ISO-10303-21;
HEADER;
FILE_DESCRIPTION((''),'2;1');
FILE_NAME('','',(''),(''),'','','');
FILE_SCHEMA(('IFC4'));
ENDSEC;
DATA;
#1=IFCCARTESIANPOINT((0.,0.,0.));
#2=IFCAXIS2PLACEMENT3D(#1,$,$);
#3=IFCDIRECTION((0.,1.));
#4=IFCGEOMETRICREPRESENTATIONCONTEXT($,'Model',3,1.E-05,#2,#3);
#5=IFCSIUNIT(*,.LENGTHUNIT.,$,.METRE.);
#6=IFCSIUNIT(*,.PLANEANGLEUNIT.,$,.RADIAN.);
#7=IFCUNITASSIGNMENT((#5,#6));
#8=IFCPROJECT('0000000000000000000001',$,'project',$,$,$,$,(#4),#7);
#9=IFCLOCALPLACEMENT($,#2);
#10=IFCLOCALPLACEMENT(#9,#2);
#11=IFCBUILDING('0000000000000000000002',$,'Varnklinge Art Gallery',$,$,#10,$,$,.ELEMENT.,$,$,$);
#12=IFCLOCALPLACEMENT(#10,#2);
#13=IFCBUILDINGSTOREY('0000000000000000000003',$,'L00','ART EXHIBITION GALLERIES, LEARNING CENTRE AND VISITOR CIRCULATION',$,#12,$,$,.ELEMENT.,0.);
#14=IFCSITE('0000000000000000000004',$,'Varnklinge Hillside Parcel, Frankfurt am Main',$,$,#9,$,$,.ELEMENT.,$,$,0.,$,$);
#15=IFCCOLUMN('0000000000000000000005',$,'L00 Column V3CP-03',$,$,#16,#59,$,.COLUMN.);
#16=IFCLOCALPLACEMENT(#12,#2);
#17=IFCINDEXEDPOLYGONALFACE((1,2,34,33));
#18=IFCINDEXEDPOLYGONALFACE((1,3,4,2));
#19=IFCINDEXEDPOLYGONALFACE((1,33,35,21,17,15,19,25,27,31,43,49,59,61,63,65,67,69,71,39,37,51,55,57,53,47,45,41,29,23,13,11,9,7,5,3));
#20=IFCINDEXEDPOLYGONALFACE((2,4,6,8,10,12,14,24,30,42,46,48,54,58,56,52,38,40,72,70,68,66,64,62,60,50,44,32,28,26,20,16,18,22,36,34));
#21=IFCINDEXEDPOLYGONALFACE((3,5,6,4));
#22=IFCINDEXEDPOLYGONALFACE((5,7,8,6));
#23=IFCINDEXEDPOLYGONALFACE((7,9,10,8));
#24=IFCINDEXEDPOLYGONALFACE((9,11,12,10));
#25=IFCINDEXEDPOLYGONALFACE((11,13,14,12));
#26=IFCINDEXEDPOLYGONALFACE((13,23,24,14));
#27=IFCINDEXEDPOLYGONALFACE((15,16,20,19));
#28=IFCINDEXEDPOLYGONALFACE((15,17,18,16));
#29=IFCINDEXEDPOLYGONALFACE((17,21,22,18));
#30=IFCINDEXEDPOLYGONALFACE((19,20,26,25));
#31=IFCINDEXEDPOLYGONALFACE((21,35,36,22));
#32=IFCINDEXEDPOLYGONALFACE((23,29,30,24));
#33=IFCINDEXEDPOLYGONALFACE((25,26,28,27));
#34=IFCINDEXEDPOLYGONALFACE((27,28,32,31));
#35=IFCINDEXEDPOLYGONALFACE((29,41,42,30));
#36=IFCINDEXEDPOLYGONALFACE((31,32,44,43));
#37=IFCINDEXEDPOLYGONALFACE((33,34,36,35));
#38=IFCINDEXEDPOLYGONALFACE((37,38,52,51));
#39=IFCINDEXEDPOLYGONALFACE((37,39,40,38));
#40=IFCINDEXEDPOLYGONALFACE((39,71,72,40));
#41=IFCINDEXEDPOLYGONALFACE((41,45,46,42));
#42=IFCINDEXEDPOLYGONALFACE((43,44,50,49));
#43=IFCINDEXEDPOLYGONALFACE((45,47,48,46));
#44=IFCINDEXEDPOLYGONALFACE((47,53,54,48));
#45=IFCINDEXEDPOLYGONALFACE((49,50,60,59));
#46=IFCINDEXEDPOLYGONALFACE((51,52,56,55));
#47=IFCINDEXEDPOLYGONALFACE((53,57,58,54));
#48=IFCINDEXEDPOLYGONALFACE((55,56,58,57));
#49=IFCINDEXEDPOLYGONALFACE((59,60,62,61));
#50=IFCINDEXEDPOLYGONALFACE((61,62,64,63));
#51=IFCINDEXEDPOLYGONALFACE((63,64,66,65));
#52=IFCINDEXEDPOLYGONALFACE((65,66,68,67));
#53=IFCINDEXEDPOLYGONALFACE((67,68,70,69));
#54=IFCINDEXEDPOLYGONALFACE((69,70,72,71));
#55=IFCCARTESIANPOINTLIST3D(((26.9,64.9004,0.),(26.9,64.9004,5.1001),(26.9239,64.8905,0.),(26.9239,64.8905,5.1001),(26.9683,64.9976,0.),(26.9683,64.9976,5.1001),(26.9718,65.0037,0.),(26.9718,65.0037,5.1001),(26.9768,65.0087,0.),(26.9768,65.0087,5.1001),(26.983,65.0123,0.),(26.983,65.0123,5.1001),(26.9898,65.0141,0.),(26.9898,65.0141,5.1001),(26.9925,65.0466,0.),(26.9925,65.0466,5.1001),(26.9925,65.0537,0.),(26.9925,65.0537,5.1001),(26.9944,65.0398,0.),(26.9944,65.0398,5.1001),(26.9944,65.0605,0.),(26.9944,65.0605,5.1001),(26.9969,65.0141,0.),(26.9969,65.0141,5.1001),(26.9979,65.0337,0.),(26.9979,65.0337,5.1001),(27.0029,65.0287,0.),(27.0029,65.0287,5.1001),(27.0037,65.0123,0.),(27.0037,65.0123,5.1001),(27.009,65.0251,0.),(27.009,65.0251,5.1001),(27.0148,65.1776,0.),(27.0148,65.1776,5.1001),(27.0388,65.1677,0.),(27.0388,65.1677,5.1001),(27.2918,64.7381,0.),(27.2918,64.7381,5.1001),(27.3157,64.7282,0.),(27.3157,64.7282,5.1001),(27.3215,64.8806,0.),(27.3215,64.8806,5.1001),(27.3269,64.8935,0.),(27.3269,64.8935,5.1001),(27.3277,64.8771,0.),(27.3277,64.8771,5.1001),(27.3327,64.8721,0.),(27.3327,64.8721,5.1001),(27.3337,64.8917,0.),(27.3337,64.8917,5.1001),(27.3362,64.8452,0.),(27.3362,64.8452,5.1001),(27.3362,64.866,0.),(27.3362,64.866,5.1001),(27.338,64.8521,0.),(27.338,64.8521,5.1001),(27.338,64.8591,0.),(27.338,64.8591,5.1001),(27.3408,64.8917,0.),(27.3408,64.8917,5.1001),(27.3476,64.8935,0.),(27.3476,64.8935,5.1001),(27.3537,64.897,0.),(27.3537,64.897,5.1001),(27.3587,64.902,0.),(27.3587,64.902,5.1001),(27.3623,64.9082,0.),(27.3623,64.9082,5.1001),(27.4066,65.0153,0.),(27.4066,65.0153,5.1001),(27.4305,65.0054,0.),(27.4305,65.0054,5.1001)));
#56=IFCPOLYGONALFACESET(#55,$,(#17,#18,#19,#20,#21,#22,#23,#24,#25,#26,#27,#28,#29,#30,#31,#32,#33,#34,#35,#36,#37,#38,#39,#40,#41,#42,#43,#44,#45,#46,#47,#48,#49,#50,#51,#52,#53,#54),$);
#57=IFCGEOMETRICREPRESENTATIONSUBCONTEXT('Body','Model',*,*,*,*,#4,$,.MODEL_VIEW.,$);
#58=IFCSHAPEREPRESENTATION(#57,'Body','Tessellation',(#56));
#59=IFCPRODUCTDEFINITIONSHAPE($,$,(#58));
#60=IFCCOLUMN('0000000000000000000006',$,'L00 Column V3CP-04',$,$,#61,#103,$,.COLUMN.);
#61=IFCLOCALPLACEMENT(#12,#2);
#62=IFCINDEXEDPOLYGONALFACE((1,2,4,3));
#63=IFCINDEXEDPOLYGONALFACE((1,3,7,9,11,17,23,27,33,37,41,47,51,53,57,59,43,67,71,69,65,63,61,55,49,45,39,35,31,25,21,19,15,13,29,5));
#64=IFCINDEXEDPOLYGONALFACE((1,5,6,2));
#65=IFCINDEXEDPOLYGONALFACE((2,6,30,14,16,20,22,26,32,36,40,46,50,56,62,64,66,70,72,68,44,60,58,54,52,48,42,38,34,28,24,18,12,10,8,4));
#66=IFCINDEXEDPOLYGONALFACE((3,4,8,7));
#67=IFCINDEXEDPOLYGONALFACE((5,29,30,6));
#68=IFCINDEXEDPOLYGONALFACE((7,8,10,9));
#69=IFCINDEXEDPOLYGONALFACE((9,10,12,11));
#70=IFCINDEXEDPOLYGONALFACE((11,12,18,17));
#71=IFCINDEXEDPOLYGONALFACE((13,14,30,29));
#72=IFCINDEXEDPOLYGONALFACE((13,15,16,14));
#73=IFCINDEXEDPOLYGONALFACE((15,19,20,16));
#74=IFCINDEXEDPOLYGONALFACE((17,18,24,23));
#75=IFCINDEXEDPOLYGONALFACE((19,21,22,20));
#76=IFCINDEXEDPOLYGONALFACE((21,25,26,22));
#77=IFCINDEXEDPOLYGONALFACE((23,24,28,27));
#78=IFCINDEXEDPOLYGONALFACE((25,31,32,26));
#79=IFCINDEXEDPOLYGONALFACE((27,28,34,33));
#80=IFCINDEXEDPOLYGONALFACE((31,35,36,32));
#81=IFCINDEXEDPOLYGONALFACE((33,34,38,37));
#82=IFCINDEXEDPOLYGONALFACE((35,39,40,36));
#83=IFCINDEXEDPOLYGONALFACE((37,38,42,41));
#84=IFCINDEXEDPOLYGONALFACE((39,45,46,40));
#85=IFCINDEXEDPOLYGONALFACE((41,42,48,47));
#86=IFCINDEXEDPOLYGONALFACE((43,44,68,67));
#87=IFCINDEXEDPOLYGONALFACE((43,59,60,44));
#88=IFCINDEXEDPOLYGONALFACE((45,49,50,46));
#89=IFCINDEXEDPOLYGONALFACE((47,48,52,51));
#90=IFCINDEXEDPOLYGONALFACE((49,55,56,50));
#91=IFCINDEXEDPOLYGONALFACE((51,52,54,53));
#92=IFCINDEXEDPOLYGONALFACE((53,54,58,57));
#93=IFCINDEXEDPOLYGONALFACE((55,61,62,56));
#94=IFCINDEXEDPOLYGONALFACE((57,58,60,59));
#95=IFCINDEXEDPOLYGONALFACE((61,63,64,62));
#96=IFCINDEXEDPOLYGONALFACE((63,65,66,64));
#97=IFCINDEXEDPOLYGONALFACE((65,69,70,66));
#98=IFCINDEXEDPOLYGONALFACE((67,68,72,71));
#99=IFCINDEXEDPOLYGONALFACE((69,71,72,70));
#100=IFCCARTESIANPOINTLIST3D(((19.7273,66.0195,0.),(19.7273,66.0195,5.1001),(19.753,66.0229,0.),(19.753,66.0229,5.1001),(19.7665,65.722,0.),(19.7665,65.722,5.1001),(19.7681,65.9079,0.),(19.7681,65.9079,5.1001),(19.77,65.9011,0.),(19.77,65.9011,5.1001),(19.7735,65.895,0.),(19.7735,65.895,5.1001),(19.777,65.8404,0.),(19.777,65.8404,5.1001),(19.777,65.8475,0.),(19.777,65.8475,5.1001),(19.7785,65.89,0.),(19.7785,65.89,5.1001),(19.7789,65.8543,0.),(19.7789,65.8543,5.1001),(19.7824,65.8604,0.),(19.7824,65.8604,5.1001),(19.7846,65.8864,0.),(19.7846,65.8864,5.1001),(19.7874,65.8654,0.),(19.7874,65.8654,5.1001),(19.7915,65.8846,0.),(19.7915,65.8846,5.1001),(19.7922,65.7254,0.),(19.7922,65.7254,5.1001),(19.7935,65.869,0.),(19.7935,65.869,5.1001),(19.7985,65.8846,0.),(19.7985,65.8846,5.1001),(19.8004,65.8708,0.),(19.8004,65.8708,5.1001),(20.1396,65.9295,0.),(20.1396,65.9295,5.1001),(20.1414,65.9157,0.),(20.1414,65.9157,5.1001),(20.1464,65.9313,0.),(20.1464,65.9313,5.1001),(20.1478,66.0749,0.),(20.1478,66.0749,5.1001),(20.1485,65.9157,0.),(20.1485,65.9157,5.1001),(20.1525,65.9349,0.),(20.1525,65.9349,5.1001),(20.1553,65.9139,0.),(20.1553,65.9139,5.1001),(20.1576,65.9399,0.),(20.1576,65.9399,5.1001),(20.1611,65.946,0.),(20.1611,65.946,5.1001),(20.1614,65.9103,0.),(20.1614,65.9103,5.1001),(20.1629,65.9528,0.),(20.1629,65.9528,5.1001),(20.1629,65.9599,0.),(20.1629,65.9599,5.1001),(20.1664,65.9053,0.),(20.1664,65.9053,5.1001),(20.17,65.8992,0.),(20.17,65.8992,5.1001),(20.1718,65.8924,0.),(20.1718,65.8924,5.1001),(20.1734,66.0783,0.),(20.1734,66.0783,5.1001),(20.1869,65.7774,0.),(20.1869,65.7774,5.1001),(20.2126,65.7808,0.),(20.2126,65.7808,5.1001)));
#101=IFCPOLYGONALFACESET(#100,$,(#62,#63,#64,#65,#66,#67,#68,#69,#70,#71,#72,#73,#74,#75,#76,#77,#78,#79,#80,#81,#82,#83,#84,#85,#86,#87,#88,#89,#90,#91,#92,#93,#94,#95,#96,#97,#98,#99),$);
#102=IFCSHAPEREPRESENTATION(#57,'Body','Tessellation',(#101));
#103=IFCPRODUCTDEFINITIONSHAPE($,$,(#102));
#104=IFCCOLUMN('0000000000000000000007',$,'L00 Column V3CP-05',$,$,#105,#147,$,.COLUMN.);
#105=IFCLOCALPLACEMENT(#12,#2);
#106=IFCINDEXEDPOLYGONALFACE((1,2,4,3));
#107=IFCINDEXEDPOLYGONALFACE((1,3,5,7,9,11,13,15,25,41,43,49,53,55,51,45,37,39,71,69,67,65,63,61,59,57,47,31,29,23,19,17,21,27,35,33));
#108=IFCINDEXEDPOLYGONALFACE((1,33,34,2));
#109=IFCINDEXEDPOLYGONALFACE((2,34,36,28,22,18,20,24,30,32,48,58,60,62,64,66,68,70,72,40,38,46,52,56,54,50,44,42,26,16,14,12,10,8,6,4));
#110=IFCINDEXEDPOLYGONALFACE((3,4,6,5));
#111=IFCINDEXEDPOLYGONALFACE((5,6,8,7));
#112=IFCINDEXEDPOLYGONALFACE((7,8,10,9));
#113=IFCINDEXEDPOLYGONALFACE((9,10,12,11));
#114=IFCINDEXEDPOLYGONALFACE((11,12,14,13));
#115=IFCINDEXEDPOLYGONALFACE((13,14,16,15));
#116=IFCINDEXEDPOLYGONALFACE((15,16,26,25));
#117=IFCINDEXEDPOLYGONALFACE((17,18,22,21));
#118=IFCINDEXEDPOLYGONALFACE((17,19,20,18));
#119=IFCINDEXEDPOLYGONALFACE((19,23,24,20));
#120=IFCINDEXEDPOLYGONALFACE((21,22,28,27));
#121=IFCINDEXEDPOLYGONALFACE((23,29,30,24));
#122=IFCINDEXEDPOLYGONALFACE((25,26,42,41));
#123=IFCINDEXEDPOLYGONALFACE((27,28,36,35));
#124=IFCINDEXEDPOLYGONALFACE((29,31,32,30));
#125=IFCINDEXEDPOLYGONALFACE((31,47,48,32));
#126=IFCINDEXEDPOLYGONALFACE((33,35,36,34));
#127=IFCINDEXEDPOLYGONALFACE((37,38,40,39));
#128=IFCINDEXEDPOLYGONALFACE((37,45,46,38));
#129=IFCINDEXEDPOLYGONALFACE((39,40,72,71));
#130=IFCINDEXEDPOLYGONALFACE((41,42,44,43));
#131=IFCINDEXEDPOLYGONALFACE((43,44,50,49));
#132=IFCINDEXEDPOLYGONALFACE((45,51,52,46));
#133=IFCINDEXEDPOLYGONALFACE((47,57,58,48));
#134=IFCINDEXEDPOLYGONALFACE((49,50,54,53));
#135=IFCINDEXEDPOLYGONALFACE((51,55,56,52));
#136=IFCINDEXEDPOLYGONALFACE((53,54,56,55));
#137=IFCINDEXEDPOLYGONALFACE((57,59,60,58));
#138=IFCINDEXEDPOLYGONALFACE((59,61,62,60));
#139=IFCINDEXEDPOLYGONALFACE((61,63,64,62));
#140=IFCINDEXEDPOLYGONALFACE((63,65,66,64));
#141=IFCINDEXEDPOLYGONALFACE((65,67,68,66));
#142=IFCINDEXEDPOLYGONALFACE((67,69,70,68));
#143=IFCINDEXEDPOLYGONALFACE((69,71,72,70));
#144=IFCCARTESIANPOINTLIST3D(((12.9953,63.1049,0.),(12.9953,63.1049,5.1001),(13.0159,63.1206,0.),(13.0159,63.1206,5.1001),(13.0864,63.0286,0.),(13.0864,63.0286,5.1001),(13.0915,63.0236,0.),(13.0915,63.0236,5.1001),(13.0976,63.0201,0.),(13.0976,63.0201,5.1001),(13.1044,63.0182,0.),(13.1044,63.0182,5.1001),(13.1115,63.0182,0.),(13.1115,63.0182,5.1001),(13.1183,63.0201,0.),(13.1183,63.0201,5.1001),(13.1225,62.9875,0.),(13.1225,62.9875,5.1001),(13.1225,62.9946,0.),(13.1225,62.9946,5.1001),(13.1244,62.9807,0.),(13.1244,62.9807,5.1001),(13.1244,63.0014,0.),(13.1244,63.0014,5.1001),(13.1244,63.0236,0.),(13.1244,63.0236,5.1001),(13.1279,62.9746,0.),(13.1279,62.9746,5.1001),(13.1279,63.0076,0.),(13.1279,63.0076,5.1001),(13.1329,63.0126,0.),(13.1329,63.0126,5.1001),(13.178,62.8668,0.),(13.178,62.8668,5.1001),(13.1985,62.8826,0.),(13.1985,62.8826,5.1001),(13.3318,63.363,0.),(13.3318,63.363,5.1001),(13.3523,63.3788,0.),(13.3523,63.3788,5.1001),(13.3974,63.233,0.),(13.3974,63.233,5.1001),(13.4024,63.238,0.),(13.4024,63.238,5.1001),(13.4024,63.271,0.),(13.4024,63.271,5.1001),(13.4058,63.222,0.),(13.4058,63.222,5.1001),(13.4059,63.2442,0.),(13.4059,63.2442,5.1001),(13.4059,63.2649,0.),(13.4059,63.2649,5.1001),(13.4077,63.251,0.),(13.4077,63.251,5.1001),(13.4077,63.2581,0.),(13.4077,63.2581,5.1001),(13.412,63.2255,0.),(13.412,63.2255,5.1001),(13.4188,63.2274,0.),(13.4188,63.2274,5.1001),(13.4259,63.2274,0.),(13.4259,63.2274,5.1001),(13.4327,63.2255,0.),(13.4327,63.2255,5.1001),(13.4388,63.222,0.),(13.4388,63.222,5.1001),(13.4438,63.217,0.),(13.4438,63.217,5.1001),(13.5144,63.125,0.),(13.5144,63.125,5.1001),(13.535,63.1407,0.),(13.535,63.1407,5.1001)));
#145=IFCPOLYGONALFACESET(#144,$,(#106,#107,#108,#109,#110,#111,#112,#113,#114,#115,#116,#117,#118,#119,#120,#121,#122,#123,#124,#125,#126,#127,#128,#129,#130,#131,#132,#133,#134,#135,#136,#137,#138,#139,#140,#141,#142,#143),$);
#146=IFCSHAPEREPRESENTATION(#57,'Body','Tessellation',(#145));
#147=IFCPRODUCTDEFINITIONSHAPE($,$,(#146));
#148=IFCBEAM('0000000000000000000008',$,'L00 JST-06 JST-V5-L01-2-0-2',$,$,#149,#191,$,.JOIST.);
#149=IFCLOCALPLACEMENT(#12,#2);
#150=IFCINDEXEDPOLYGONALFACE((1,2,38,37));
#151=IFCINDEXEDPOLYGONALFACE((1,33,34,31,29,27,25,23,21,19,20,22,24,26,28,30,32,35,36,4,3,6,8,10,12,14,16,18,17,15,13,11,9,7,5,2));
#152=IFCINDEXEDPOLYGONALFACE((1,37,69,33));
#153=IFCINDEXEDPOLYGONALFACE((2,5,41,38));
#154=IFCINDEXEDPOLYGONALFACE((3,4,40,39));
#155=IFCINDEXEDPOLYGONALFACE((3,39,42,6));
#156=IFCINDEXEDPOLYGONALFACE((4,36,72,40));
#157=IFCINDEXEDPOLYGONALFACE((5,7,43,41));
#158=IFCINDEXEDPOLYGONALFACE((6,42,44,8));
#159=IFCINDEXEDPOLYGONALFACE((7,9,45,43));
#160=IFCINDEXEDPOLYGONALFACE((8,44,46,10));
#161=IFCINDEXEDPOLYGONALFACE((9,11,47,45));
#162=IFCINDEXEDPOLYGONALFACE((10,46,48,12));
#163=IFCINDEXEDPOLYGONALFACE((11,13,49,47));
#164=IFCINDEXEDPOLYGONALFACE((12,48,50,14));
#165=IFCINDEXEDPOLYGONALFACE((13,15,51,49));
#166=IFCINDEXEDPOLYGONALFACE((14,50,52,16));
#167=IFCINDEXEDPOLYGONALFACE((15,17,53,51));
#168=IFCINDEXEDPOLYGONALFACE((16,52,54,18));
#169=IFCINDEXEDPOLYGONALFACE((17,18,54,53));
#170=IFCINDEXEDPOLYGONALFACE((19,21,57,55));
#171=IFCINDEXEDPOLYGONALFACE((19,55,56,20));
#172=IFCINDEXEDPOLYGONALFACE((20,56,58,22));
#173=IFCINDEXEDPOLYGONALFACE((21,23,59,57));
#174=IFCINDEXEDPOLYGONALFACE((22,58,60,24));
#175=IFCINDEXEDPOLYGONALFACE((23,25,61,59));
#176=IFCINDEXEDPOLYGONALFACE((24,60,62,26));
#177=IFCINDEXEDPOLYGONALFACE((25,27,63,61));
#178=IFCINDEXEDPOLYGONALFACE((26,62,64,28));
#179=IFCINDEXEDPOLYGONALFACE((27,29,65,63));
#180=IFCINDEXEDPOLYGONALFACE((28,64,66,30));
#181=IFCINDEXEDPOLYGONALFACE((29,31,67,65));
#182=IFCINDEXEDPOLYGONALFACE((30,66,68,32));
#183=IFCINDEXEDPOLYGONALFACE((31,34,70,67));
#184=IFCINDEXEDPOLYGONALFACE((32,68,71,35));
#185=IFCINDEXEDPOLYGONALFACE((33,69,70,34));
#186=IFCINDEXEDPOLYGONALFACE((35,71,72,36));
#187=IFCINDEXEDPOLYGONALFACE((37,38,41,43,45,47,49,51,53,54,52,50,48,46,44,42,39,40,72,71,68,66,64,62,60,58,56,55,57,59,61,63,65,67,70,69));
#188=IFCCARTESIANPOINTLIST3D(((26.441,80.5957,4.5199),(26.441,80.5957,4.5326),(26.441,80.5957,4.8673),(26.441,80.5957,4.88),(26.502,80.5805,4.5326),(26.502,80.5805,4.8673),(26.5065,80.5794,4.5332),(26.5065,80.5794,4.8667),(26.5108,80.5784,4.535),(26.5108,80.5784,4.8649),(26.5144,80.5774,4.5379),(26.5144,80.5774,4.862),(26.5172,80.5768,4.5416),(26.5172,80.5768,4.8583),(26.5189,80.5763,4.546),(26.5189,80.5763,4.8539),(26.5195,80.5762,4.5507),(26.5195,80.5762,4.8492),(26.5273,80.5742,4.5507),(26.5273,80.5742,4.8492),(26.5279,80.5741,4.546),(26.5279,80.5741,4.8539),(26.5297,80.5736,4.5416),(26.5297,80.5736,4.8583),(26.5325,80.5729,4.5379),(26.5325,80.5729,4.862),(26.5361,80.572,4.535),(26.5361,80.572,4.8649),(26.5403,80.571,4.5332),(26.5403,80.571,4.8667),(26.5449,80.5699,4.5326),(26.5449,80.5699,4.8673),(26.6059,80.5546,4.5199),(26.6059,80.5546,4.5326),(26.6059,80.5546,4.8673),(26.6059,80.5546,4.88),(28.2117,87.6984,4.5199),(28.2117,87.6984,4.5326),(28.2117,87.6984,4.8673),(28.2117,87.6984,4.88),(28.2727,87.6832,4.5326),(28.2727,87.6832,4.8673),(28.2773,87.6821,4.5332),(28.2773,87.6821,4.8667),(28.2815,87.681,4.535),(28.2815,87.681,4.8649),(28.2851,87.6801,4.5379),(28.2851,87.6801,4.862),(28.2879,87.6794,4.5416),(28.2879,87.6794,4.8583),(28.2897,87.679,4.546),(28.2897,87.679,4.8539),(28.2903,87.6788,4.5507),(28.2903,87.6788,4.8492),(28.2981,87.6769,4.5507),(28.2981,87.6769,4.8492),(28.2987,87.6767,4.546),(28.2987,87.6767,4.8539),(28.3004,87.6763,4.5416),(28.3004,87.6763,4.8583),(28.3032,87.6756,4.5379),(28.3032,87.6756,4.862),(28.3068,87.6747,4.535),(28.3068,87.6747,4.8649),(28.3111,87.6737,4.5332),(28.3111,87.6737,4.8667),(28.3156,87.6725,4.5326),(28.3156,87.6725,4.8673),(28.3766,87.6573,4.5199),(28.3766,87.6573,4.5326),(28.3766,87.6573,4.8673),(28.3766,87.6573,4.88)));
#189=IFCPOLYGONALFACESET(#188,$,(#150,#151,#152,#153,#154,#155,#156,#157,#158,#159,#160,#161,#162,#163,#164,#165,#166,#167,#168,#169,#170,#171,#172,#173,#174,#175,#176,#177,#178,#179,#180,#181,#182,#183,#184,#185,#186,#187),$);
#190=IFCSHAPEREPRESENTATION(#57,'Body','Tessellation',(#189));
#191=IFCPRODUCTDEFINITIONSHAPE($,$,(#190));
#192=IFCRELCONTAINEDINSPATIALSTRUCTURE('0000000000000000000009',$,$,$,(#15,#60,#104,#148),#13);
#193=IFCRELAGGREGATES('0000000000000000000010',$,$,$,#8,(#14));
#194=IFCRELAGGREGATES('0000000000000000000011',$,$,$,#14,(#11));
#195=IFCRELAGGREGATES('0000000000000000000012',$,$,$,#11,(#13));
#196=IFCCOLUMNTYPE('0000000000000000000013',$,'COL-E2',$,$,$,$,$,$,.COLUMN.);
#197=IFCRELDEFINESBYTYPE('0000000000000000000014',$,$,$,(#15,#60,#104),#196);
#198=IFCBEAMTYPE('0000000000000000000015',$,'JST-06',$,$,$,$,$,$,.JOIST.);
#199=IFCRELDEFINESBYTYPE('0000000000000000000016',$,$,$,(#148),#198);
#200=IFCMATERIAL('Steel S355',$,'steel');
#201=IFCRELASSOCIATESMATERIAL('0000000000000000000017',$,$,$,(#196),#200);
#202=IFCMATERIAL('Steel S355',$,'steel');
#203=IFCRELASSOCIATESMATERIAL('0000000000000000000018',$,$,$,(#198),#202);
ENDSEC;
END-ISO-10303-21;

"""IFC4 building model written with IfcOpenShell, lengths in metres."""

from ifc_helpers import new_model, si_unit, direction, frame, origin, origin_2d, place, context, subcontext, project, spatial, i_section, extrude, material, material_profile, profile_set, type_object, element, save


model = new_model("IFC4")

# Units and contexts
model_context = context("Model", 3, precision=1e-05, world=origin(), true_north=direction((0.0, 1.0)))
body_context = subcontext(model_context, "Body", "Model", "MODEL_VIEW")
ifc_project = project(units=[si_unit("LENGTHUNIT", "METRE"), si_unit("PLANEANGLEUNIT", "RADIAN")], contexts=[model_context])

# Site, building, storey
site_placement = place(None, origin())
site = spatial("IfcSite", under=ifc_project, at=site_placement, Name="Varnklinge Hillside Parcel, Frankfurt am Main", CompositionType="ELEMENT", RefElevation=0.0)
building_placement = place(site_placement, origin())
building = spatial("IfcBuilding", under=site, at=building_placement, Name="Varnklinge Art Gallery", CompositionType="ELEMENT")
storey_placement = place(building_placement, origin())
storey = spatial("IfcBuildingStorey", under=building, at=storey_placement, Name="L00", Description="ART EXHIBITION GALLERIES, LEARNING CENTRE AND VISITOR CIRCULATION", CompositionType="ELEMENT", Elevation=0.0)

# Columns
ifc_material_1 = material(Name="Steel S355", Category="steel")
ifc_material_profile_1 = material_profile(ifc_material_1, i_section(OverallWidth=0.3, OverallDepth=0.45, WebThickness=0.0139, FlangeThickness=0.0259, FilletRadius=0.0271, at=origin_2d()), Name="HEB 450")
ifc_profile_set_1 = profile_set([ifc_material_profile_1], Name="Steel S355")
column_type = type_object("IfcColumnType", Name="COL-E2", PredefinedType="COLUMN", material=ifc_profile_set_1)
for number, where, z_axis, x_axis, name in (
    (1, (27.1653, 64.9529, 0.0), (0.0, 0.0, 1.0), (0.382683, 0.92388, 0.0), "L00 Column V3CP-03"),
    (2, (19.97, 65.9001, 0.0), (0.0, 0.0, 1.0), (-0.130526, 0.991445, 0.0), "L00 Column V3CP-04"),
    (3, (13.2651, 63.1228, 0.0), (0.0, 0.0, 1.0), (-0.608761, 0.793353, 0.0), "L00 Column V3CP-05"),
):
    element("IfcColumn", number, at=place(storey_placement, frame(where, z_axis=z_axis, x_axis=x_axis)), inside=storey, type_object=column_type, Name=name, PredefinedType="COLUMN", context=body_context, shape_type="SweptSolid", body=[
        extrude(i_section(OverallWidth=0.3, OverallDepth=0.45, WebThickness=0.0139, FlangeThickness=0.0259, FilletRadius=0.0271, at=origin_2d()), origin(), (0.0, 0.0, 1.0), 5.1001),
    ])

# Beam
ifc_material_2 = material(Name="Steel S355", Category="steel")
ifc_material_profile_2 = material_profile(ifc_material_2, i_section(OverallWidth=0.1699, OverallDepth=0.3601, WebThickness=0.0081, FlangeThickness=0.0127, FilletRadius=0.0181, at=origin_2d()), Name="IPE 360")
ifc_profile_set_2 = profile_set([ifc_material_profile_2], Name="Steel S355")
beam_type_1 = type_object("IfcBeamType", Name="JST-06", PredefinedType="JOIST", material=ifc_profile_set_2)
beam_1_placement = place(storey_placement, frame((26.5234, 80.5752, 4.7), z_axis=(0.2419, 0.970301, 0.0), x_axis=(-0.970301, 0.2419, 0.0)))
element("IfcBeam", 4, at=beam_1_placement, inside=storey, type_object=beam_type_1, Name="L00 JST-06 JST-V5-L01-2-0-2", PredefinedType="JOIST", context=body_context, shape_type="SweptSolid", body=[
    extrude(i_section(OverallWidth=0.1699, OverallDepth=0.3601, WebThickness=0.0081, FlangeThickness=0.0127, FilletRadius=0.0181, at=origin_2d()), origin(), (0.0, 0.0, 1.0), 7.3201),
])

save(model, "model.ifc")
